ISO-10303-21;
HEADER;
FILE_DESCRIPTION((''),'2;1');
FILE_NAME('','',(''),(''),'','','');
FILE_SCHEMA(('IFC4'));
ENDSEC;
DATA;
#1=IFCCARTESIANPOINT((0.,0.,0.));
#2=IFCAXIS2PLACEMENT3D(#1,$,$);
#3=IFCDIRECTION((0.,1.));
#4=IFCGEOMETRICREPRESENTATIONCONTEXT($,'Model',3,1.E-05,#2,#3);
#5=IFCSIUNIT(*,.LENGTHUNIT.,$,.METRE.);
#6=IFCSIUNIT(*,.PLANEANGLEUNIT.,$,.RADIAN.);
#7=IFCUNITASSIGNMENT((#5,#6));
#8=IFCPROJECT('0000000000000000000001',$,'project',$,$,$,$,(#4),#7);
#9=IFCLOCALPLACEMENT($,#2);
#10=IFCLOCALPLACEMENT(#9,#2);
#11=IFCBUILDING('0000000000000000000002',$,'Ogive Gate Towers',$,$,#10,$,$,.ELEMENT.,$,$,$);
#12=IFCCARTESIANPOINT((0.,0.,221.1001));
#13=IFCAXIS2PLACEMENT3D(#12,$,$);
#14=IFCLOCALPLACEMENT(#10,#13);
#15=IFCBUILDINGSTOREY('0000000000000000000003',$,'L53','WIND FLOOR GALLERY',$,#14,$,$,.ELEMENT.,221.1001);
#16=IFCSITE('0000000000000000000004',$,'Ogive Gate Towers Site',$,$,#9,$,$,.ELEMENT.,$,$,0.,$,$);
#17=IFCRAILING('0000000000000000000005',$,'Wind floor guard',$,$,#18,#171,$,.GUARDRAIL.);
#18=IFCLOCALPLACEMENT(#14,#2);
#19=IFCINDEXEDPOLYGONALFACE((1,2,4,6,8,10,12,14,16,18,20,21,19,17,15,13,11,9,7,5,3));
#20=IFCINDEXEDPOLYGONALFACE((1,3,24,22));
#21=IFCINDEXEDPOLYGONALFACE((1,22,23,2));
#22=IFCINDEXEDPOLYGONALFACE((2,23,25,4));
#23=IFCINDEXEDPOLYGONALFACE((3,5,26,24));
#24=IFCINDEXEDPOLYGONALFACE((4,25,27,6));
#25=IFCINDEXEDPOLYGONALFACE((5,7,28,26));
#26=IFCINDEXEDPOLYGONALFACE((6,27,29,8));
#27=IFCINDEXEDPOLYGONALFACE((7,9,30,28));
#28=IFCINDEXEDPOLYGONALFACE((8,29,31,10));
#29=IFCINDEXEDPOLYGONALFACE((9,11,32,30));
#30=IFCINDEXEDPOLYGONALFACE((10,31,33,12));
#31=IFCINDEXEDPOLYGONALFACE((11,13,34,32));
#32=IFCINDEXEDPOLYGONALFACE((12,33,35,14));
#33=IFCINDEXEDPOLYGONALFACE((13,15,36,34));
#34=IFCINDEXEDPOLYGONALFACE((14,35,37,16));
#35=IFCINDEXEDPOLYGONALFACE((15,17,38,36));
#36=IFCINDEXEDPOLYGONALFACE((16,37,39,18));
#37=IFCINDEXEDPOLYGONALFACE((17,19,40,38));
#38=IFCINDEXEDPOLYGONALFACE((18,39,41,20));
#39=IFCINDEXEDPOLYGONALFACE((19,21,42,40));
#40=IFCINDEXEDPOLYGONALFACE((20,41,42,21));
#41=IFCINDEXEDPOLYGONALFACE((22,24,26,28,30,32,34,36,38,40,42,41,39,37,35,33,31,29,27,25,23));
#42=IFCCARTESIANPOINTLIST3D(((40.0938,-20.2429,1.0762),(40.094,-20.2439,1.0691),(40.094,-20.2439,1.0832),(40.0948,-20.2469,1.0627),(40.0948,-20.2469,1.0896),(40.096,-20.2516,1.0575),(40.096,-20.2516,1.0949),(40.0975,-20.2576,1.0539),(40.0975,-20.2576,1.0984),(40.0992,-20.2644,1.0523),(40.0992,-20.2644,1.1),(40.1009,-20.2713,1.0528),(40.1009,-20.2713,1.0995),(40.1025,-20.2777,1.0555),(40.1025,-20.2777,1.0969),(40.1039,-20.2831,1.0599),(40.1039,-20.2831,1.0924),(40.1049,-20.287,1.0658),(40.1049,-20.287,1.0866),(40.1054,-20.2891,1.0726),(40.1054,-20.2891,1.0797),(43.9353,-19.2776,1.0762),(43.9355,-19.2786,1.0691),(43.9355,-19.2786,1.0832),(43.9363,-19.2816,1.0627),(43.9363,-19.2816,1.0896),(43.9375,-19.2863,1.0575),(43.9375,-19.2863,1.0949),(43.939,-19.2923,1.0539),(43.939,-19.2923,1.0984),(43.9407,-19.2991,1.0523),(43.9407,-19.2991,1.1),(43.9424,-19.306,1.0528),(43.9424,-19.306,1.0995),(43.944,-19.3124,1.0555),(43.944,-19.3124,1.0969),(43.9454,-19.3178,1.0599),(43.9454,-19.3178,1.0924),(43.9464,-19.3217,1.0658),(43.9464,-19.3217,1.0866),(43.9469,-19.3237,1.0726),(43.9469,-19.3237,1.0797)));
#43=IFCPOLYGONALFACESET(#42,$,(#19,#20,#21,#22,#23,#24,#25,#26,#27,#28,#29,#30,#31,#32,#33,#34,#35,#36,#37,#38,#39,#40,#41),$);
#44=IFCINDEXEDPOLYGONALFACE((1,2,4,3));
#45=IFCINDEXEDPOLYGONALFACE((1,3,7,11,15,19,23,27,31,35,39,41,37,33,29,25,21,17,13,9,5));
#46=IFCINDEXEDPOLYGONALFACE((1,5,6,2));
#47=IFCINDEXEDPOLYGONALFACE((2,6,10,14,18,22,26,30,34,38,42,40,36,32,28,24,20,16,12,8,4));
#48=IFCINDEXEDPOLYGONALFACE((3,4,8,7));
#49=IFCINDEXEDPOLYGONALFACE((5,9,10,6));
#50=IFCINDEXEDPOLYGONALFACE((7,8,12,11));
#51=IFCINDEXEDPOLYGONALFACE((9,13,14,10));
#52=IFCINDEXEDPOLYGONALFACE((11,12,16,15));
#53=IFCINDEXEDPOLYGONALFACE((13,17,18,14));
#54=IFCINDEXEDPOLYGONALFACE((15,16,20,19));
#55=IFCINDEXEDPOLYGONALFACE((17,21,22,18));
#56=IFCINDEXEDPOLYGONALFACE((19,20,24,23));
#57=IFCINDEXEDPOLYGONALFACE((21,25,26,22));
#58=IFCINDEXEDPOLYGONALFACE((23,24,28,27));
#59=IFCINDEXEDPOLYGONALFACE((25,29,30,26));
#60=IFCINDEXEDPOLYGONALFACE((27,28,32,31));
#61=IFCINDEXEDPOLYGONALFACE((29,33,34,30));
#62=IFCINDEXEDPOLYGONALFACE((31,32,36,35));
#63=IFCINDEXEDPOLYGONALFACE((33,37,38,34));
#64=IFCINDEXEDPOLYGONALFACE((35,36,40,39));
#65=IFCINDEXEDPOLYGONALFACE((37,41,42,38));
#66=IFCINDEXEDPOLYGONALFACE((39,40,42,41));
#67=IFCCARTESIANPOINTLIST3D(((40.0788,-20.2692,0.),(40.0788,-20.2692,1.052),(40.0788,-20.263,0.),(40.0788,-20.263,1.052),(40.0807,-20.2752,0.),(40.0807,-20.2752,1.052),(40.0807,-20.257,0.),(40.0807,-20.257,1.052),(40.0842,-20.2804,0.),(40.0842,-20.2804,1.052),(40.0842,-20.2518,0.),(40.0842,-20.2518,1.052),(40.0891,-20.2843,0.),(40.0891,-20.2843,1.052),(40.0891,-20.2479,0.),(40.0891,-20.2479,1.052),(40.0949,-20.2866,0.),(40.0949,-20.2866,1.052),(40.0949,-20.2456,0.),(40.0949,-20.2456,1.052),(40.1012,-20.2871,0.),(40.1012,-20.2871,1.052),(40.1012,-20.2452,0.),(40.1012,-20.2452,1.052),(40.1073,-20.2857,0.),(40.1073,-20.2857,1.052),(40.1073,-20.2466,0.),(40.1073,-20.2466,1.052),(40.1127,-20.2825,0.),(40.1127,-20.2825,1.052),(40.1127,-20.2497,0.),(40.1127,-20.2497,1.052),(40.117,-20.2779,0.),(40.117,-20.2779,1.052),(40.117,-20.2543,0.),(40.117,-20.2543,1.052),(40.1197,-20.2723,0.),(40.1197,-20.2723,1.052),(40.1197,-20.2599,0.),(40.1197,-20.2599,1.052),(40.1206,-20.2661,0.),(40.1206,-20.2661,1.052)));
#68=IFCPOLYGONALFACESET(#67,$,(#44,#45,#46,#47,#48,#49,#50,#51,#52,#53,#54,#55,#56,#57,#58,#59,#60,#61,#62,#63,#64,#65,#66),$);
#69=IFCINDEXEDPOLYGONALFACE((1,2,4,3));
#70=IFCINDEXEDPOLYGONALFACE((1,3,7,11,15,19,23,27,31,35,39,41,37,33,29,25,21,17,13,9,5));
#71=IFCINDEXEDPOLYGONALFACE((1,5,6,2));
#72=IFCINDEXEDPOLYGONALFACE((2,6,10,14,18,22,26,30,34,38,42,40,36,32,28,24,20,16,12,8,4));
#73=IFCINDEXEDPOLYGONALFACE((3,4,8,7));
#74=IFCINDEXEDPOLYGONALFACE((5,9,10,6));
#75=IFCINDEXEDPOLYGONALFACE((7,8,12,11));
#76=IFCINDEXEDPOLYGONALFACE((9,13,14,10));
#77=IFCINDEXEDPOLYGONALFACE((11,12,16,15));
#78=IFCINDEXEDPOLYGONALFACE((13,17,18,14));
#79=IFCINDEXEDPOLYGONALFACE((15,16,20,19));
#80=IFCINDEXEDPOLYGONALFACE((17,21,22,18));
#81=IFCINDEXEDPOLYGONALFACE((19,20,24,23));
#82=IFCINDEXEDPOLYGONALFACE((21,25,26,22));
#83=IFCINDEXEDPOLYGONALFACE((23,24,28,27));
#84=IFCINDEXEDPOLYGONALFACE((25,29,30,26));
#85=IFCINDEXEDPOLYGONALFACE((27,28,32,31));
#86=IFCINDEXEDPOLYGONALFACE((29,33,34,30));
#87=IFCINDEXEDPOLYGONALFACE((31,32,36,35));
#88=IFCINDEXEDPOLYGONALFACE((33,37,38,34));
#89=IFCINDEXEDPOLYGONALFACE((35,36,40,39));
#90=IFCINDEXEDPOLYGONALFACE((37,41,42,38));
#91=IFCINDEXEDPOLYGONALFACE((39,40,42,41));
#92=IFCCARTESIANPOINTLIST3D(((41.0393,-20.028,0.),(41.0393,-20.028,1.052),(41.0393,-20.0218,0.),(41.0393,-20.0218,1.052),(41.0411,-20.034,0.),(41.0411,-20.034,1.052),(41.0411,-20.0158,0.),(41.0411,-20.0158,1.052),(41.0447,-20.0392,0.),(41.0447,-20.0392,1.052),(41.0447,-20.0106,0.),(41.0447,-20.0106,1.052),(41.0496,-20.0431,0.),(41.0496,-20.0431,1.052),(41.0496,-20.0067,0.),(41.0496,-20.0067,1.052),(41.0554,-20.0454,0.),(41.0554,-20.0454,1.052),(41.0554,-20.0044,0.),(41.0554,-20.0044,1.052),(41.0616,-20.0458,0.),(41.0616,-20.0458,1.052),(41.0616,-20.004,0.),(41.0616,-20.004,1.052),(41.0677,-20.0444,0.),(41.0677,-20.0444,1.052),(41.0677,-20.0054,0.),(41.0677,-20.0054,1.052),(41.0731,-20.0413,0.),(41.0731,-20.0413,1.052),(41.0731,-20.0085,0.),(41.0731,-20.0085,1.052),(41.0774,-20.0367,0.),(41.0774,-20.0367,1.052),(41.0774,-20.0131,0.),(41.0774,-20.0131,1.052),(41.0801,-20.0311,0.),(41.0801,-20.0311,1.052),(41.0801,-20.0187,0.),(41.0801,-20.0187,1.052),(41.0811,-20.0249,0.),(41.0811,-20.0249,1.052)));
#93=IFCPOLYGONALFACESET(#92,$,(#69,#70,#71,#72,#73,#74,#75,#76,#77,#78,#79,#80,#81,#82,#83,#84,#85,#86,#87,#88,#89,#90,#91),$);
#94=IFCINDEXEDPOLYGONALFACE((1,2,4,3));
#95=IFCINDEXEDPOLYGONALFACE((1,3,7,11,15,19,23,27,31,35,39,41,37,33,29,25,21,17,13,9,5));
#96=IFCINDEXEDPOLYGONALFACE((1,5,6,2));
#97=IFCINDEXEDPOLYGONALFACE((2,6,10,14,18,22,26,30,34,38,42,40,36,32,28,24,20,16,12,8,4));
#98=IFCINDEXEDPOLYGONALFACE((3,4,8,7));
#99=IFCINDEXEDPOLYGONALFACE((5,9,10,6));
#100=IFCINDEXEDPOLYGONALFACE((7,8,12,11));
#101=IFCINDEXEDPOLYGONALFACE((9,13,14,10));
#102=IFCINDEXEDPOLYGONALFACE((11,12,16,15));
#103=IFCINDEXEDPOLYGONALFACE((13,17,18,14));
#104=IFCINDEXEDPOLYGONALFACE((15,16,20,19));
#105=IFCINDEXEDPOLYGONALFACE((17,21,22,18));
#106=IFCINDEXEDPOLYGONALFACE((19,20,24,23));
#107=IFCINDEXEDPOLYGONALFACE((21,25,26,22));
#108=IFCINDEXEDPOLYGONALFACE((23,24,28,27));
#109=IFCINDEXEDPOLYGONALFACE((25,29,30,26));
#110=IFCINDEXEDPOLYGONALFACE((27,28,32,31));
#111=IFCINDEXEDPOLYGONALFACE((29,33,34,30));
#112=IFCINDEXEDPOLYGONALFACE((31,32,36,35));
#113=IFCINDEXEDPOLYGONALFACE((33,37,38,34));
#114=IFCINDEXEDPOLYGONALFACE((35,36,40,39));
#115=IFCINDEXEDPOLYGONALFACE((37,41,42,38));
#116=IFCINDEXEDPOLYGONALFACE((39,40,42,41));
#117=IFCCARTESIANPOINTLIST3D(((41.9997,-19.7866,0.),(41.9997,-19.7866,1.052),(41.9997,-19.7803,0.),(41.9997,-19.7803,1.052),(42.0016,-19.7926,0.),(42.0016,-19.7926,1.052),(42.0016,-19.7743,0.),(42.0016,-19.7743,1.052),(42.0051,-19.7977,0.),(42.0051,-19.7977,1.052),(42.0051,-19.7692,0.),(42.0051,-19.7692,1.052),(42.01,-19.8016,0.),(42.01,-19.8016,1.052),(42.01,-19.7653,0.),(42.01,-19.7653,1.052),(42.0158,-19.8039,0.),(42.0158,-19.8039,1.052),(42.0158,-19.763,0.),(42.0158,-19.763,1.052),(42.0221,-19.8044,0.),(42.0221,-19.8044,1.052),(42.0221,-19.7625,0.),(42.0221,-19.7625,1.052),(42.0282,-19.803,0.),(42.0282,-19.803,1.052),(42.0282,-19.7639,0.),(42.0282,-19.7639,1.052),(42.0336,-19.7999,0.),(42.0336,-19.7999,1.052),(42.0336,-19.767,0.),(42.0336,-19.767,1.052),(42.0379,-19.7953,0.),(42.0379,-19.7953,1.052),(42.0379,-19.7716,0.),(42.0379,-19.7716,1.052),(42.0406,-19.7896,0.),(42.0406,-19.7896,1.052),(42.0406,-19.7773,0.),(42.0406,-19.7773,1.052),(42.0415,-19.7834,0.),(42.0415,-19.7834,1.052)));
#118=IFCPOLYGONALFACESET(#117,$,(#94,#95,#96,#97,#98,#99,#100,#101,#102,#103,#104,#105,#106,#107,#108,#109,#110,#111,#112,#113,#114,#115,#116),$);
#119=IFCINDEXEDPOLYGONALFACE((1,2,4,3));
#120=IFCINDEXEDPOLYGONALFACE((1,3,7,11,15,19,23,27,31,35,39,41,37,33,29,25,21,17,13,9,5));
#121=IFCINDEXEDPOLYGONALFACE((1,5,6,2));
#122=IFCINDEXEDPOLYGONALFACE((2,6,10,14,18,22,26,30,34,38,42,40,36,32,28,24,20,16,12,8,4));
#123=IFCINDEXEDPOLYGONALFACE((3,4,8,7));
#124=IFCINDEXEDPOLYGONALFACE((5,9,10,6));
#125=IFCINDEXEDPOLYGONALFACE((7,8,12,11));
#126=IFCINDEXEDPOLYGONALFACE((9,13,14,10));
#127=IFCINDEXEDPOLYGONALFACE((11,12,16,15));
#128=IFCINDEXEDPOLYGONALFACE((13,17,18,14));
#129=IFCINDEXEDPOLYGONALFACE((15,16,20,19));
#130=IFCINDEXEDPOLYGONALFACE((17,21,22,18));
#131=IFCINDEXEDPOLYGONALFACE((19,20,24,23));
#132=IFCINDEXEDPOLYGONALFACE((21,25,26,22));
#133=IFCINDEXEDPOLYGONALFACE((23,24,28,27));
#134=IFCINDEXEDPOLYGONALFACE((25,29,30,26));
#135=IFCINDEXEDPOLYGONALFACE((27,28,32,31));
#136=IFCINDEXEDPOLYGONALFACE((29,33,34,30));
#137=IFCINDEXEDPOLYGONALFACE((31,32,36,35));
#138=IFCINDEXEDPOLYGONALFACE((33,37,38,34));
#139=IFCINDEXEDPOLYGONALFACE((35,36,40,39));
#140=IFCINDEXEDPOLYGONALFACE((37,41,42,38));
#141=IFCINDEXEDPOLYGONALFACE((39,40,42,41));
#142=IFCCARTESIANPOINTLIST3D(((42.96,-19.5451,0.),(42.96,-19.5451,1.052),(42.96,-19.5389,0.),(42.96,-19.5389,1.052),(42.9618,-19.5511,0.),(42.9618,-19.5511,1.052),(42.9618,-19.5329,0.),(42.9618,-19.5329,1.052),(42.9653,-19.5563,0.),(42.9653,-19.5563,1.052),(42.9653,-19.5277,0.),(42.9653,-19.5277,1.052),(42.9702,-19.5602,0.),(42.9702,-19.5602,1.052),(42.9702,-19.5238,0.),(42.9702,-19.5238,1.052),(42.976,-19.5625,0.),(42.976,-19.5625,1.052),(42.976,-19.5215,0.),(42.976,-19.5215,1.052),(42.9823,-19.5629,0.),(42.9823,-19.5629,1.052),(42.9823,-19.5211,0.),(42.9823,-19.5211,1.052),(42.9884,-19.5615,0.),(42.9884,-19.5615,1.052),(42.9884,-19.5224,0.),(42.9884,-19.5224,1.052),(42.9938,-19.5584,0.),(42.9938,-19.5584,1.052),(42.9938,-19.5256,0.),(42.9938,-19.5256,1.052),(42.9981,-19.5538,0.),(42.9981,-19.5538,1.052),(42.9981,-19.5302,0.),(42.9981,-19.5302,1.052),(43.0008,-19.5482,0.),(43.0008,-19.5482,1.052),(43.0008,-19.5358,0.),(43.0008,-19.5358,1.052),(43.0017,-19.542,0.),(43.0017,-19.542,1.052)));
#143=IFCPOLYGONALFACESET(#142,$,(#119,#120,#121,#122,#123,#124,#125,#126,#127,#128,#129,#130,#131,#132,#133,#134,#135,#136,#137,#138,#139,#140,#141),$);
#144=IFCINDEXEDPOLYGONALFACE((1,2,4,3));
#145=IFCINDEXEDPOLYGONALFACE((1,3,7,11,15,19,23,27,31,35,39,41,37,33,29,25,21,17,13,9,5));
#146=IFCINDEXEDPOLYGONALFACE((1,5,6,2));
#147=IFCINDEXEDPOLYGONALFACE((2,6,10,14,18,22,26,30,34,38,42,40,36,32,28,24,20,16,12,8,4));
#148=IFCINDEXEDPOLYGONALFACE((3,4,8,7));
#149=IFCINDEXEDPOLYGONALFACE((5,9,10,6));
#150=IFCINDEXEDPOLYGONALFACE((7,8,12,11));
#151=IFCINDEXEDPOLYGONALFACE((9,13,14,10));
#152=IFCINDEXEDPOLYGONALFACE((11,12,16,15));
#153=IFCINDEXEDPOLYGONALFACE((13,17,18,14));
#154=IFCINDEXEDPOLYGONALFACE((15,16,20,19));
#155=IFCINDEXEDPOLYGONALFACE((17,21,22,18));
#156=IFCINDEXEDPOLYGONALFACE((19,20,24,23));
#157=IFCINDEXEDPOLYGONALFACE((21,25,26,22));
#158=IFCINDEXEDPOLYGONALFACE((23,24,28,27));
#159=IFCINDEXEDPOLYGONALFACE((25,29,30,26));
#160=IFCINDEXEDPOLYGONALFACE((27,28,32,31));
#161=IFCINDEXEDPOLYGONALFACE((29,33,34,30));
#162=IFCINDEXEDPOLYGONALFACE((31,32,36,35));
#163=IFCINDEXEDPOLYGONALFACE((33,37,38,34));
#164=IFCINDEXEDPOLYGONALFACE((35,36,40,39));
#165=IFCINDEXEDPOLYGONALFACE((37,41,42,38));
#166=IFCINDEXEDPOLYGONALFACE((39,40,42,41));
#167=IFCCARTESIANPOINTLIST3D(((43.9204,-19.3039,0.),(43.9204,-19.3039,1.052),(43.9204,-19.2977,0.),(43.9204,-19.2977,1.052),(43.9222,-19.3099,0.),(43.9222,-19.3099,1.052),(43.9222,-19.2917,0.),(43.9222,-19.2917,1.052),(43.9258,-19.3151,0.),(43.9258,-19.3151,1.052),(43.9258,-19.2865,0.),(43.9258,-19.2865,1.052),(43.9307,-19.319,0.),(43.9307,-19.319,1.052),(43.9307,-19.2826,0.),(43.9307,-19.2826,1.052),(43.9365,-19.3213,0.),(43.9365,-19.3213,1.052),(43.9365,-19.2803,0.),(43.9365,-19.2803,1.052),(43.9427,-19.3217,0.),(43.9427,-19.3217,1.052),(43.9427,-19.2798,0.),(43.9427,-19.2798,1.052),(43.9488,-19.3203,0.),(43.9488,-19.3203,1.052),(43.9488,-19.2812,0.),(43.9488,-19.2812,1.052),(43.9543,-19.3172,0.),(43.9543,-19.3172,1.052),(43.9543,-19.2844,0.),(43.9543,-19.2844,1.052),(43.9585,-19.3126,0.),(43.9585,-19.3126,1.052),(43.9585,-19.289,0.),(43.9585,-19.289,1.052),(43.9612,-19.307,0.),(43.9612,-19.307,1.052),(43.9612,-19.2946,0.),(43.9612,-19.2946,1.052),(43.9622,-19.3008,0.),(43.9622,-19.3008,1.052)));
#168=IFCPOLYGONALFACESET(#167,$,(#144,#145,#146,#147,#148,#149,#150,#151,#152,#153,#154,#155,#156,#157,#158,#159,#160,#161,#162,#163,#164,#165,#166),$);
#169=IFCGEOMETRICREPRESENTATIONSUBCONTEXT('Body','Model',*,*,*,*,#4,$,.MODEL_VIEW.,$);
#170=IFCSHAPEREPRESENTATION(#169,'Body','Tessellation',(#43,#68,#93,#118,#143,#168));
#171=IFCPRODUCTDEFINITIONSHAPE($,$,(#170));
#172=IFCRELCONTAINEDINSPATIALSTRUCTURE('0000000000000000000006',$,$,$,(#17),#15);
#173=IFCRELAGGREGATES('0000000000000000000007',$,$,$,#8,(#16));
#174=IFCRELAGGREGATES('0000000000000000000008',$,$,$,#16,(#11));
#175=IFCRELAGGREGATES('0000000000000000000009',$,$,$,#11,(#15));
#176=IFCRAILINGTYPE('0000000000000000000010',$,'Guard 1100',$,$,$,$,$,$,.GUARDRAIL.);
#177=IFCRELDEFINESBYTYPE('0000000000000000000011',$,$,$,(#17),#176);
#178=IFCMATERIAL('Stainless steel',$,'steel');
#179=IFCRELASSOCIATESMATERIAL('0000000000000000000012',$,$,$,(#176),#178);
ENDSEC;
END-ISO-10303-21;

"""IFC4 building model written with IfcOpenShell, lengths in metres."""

from ifc_helpers import new_model, si_unit, direction, frame, origin, origin_2d, place, context, subcontext, project, spatial, circle, extrude, material, type_object, element, save


model = new_model("IFC4")

# Units and contexts
model_context = context("Model", 3, precision=1e-05, world=origin(), true_north=direction((0.0, 1.0)))
body_context = subcontext(model_context, "Body", "Model", "MODEL_VIEW")
ifc_project = project(units=[si_unit("LENGTHUNIT", "METRE"), si_unit("PLANEANGLEUNIT", "RADIAN")], contexts=[model_context])

# Site, building, storey
site_placement = place(None, origin())
site = spatial("IfcSite", under=ifc_project, at=site_placement, Name="Ogive Gate Towers Site", CompositionType="ELEMENT", RefElevation=0.0)
building_placement = place(site_placement, origin())
building = spatial("IfcBuilding", under=site, at=building_placement, Name="Ogive Gate Towers", CompositionType="ELEMENT")
storey_placement = place(building_placement, frame((0.0, 0.0, 221.1001)))
storey = spatial("IfcBuildingStorey", under=building, at=storey_placement, Name="L53", Description="WIND FLOOR GALLERY", CompositionType="ELEMENT", Elevation=221.1001)

# Railing
ifc_material_1 = material(Name="Stainless steel", Category="steel")
railing_type = type_object("IfcRailingType", Name="Guard 1100", PredefinedType="GUARDRAIL", material=ifc_material_1)
railing_1_placement = place(storey_placement, frame((40.0996, -20.2661, 0.0)))
element("IfcRailing", 1, at=railing_1_placement, inside=storey, type_object=railing_type, Name="Wind floor guard", PredefinedType="GUARDRAIL", context=body_context, shape_type="SweptSolid", body=[
    extrude(circle(Radius=0.0239, at=origin_2d()), frame((0.0, 0.0, 1.0762), z_axis=(0.969848, 0.24371, 0.0), x_axis=(-0.24371, 0.969848, 0.0)), (0.0, 0.0, 1.0), 3.9609),
    extrude(circle(Radius=0.021, at=origin_2d()), origin(), (0.0, 0.0, 1.0), 1.052),
    extrude(circle(Radius=0.021, at=origin_2d()), frame((0.9604, 0.2412, 0.0)), (0.0, 0.0, 1.0), 1.052),
    extrude(circle(Radius=0.021, at=origin_2d()), frame((1.9209, 0.4827, 0.0)), (0.0, 0.0, 1.0), 1.052),
    extrude(circle(Radius=0.021, at=origin_2d()), frame((2.8811, 0.7241, 0.0)), (0.0, 0.0, 1.0), 1.052),
    extrude(circle(Radius=0.021, at=origin_2d()), frame((3.8416, 0.9653, 0.0)), (0.0, 0.0, 1.0), 1.052),
])

save(model, "model.ifc")
